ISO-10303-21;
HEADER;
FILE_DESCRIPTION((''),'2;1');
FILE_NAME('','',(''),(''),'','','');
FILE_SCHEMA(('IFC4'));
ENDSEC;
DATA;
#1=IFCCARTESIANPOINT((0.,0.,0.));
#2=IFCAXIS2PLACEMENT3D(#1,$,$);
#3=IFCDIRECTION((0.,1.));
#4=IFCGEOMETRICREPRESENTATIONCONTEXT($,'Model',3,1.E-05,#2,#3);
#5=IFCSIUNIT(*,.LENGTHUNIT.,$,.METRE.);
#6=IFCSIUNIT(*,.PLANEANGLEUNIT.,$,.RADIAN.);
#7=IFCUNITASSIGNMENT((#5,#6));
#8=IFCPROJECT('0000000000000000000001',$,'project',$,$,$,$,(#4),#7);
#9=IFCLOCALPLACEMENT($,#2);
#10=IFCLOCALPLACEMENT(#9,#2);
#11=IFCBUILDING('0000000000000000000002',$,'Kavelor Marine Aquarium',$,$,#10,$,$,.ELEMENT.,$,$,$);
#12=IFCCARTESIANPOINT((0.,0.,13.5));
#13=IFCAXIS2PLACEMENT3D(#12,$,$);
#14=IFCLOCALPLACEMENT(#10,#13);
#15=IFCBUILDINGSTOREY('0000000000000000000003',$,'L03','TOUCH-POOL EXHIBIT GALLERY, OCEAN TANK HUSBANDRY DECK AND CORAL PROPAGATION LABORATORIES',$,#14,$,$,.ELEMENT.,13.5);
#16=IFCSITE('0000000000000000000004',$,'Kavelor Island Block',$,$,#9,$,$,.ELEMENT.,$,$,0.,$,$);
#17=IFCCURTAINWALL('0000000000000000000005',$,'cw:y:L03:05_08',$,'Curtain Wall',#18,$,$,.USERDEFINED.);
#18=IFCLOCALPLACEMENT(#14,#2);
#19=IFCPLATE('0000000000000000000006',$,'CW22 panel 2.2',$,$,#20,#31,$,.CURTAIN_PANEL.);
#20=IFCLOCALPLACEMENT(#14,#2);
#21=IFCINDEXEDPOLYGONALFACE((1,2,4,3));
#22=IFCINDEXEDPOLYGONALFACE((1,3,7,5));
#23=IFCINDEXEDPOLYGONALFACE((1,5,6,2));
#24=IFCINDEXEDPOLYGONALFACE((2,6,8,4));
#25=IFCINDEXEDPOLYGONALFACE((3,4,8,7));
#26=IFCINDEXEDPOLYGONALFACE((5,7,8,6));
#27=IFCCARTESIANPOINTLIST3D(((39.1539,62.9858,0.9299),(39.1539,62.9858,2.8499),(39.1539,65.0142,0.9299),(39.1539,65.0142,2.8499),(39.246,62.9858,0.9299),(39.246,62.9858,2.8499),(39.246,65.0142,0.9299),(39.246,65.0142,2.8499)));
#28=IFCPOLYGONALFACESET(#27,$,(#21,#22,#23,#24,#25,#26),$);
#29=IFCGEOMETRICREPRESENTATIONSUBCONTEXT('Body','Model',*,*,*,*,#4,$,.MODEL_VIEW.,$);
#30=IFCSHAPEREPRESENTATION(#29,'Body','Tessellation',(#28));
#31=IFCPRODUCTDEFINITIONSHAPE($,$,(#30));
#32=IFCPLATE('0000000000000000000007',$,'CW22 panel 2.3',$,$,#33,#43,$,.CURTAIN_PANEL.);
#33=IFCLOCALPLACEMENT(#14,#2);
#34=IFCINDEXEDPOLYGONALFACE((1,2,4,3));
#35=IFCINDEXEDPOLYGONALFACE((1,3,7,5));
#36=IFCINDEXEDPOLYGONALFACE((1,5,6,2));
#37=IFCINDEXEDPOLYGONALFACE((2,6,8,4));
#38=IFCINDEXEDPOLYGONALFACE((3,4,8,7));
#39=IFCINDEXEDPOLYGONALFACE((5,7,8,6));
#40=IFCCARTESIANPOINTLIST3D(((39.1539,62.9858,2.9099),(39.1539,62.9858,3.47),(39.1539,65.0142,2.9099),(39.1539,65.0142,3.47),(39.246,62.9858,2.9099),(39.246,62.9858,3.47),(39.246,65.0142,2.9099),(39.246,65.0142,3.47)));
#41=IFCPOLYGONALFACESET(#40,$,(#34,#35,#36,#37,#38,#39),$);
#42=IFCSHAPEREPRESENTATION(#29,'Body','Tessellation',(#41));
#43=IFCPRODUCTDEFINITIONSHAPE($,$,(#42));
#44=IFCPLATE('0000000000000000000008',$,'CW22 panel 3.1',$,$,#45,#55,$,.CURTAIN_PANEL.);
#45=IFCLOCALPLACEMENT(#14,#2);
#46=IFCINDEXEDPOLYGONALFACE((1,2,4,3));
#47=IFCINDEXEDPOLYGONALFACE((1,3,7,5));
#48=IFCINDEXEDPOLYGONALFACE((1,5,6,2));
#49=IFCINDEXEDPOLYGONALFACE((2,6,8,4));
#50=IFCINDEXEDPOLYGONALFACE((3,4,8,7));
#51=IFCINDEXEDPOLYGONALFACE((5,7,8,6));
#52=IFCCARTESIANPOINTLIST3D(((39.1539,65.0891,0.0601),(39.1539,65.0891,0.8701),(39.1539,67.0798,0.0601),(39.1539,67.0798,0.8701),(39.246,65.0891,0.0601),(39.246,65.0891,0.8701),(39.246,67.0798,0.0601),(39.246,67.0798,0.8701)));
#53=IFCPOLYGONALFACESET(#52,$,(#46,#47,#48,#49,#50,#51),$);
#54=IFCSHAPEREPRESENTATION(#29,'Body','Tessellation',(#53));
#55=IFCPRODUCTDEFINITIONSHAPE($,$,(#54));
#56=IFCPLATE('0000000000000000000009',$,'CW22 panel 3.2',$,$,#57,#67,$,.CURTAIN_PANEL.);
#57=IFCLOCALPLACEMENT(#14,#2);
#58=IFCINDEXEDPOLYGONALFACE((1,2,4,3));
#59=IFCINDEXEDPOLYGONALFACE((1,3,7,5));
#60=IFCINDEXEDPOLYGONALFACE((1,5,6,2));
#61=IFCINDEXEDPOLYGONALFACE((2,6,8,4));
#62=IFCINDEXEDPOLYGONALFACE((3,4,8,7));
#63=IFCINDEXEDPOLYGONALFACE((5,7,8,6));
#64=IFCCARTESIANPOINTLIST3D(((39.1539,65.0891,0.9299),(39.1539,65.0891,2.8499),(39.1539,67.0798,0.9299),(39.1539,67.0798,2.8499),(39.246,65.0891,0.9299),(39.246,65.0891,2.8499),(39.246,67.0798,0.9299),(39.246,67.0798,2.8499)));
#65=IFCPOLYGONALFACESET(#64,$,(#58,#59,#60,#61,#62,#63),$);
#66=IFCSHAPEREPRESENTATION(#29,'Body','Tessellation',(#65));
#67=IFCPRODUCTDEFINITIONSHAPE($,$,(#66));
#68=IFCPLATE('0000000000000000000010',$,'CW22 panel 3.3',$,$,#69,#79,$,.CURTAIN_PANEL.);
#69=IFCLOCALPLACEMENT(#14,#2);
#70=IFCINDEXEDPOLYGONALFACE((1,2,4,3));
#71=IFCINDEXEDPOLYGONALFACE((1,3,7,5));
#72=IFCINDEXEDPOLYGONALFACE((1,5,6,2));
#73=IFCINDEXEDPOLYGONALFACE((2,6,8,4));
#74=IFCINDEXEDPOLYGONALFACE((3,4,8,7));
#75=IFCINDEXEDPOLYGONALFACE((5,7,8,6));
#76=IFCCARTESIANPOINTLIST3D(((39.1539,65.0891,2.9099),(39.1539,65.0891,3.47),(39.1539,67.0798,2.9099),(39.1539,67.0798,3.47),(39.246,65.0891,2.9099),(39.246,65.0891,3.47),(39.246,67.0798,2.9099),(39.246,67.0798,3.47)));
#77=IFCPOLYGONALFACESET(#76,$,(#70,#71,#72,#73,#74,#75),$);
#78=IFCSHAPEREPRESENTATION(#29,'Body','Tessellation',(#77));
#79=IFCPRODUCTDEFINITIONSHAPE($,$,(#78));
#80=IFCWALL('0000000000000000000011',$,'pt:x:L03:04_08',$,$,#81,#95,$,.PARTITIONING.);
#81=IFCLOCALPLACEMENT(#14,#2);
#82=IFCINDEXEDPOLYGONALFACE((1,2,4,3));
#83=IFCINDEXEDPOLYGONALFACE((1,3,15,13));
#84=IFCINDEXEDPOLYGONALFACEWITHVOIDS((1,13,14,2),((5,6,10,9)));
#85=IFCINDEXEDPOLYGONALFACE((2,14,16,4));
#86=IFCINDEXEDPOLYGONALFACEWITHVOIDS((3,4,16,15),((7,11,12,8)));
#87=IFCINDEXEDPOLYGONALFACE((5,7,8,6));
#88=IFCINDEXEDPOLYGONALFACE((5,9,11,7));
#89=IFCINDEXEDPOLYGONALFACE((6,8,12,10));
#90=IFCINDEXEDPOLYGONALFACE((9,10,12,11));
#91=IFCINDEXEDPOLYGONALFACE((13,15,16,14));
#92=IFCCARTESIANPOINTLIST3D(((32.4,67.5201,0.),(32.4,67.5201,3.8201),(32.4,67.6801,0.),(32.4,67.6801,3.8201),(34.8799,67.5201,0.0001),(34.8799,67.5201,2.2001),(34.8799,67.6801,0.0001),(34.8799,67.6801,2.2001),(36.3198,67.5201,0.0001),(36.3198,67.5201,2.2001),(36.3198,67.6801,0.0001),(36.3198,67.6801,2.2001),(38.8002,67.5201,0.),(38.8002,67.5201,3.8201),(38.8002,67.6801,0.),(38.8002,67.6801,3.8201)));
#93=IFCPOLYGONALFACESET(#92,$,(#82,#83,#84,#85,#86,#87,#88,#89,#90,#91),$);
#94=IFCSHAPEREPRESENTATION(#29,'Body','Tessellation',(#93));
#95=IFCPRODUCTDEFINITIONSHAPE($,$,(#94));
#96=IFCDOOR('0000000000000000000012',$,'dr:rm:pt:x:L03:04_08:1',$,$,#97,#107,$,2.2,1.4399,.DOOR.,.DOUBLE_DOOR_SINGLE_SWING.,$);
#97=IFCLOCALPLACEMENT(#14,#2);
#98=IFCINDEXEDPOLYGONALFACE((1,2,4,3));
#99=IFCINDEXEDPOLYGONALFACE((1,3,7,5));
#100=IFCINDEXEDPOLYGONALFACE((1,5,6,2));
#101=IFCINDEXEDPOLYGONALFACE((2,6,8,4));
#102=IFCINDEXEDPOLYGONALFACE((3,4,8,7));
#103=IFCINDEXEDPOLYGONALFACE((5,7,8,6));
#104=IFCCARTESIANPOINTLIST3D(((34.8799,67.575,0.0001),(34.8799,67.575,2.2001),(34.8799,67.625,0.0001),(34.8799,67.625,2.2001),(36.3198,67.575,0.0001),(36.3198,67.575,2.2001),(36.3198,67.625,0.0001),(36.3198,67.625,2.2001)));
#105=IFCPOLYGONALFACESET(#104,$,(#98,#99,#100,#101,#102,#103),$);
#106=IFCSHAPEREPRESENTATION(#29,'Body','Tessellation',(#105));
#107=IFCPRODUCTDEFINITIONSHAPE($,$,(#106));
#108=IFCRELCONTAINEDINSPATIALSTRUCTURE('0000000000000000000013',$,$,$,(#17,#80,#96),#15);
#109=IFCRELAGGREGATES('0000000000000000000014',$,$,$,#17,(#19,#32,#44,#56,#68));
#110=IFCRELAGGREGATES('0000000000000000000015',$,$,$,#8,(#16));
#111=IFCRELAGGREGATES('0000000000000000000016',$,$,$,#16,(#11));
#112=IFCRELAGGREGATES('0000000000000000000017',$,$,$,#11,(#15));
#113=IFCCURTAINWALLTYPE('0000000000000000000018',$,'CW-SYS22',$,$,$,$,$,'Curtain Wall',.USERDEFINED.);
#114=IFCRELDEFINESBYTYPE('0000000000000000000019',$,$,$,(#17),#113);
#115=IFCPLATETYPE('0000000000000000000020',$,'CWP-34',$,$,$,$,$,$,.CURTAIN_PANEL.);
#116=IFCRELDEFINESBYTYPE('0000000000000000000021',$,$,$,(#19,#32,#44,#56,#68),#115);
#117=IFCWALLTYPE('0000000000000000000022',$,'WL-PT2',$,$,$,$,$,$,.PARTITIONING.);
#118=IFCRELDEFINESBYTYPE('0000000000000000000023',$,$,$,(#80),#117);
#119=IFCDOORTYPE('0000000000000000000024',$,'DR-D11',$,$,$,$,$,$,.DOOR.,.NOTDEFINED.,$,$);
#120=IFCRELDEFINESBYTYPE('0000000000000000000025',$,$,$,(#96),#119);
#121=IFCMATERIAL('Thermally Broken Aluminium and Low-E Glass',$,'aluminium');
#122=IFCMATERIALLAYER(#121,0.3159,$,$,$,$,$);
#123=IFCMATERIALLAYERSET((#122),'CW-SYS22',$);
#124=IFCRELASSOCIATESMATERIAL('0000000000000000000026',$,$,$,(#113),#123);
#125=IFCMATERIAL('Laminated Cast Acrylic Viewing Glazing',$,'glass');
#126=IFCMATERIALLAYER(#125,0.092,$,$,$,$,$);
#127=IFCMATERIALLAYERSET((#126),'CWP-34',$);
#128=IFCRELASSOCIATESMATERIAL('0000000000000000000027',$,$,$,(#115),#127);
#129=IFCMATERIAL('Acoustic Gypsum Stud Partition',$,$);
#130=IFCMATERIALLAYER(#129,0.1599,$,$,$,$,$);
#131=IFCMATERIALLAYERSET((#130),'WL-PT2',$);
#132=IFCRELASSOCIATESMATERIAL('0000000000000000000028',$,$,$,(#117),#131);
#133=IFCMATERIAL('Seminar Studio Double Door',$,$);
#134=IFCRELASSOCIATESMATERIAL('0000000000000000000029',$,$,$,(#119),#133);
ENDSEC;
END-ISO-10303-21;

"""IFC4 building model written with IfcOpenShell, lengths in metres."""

from ifc_helpers import new_model, si_unit, direction, frame, frame_2d, origin, origin_2d, place, context, subcontext, project, spatial, rectangle, extrude, material, layer, layer_set, type_object, element, fill, aggregate, save


model = new_model("IFC4")

# Units and contexts
model_context = context("Model", 3, precision=1e-05, world=origin(), true_north=direction((0.0, 1.0)))
body_context = subcontext(model_context, "Body", "Model", "MODEL_VIEW")
ifc_project = project(units=[si_unit("LENGTHUNIT", "METRE"), si_unit("PLANEANGLEUNIT", "RADIAN")], contexts=[model_context])

# Site, building, storey
site_placement = place(None, origin())
site = spatial("IfcSite", under=ifc_project, at=site_placement, Name="Kavelor Island Block", CompositionType="ELEMENT", RefElevation=0.0)
building_placement = place(site_placement, origin())
building = spatial("IfcBuilding", under=site, at=building_placement, Name="Kavelor Marine Aquarium", CompositionType="ELEMENT")
storey_placement = place(building_placement, frame((0.0, 0.0, 13.5)))
storey = spatial("IfcBuildingStorey", under=building, at=storey_placement, Name="L03", Description="TOUCH-POOL EXHIBIT GALLERY, OCEAN TANK HUSBANDRY DECK AND CORAL PROPAGATION LABORATORIES", CompositionType="ELEMENT", Elevation=13.5)

# Curtain wall, plates
ifc_material_1 = material(Name="Thermally Broken Aluminium and Low-E Glass", Category="aluminium")
ifc_layer_1 = layer(ifc_material_1, 0.3159)
ifc_layer_set_1 = layer_set([ifc_layer_1], Name="CW-SYS22")
curtain_wall_type = type_object("IfcCurtainWallType", Name="CW-SYS22", ElementType="Curtain Wall", PredefinedType="USERDEFINED", material=ifc_layer_set_1)
curtain_wall_placement = place(storey_placement, origin())
curtain_wall = element("IfcCurtainWall", 1, at=curtain_wall_placement, inside=storey, type_object=curtain_wall_type, Name="cw:y:L03:05_08", ObjectType="Curtain Wall", PredefinedType="USERDEFINED")
ifc_material_2 = material(Name="Laminated Cast Acrylic Viewing Glazing", Category="glass")
ifc_layer_2 = layer(ifc_material_2, 0.092)
ifc_layer_set_2 = layer_set([ifc_layer_2], Name="CWP-34")
plate_type = type_object("IfcPlateType", Name="CWP-34", PredefinedType="CURTAIN_PANEL", material=ifc_layer_set_2)
plate_1_placement = place(storey_placement, frame((39.2, 64.0, 0.9299), z_axis=(0.0, 0.0, 1.0), x_axis=(0.0, 1.0, 0.0)))
plate_1 = element("IfcPlate", 2, at=plate_1_placement, type_object=plate_type, Name="CW22 panel 2.2", PredefinedType="CURTAIN_PANEL", context=body_context, shape_type="SweptSolid", body=[
    extrude(rectangle(XDim=2.0283, YDim=0.092, at=origin_2d()), origin(), (0.0, 0.0, 1.0), 1.9199),
])
plate_2_placement = place(storey_placement, frame((39.2, 64.0, 2.9099), z_axis=(0.0, 0.0, 1.0), x_axis=(0.0, 1.0, 0.0)))
plate_2 = element("IfcPlate", 3, at=plate_2_placement, type_object=plate_type, Name="CW22 panel 2.3", PredefinedType="CURTAIN_PANEL", context=body_context, shape_type="SweptSolid", body=[
    extrude(rectangle(XDim=2.0283, YDim=0.092, at=origin_2d()), origin(), (0.0, 0.0, 1.0), 0.5601),
])
plate_3_placement = place(storey_placement, frame((39.2, 66.0845, 0.0601), z_axis=(0.0, 0.0, 1.0), x_axis=(0.0, 1.0, 0.0)))
plate_3 = element("IfcPlate", 4, at=plate_3_placement, type_object=plate_type, Name="CW22 panel 3.1", PredefinedType="CURTAIN_PANEL", context=body_context, shape_type="SweptSolid", body=[
    extrude(rectangle(XDim=1.9907, YDim=0.092, at=origin_2d()), origin(), (0.0, 0.0, 1.0), 0.8101),
])
plate_4_placement = place(storey_placement, frame((39.2, 66.0845, 0.9299), z_axis=(0.0, 0.0, 1.0), x_axis=(0.0, 1.0, 0.0)))
plate_4 = element("IfcPlate", 5, at=plate_4_placement, type_object=plate_type, Name="CW22 panel 3.2", PredefinedType="CURTAIN_PANEL", context=body_context, shape_type="SweptSolid", body=[
    extrude(rectangle(XDim=1.9907, YDim=0.092, at=origin_2d()), origin(), (0.0, 0.0, 1.0), 1.9199),
])
plate_5_placement = place(storey_placement, frame((39.2, 66.0845, 2.9099), z_axis=(0.0, 0.0, 1.0), x_axis=(0.0, 1.0, 0.0)))
plate_5 = element("IfcPlate", 6, at=plate_5_placement, type_object=plate_type, Name="CW22 panel 3.3", PredefinedType="CURTAIN_PANEL", context=body_context, shape_type="SweptSolid", body=[
    extrude(rectangle(XDim=1.9907, YDim=0.092, at=origin_2d()), origin(), (0.0, 0.0, 1.0), 0.5601),
])
aggregate(curtain_wall, [plate_1, plate_2, plate_3, plate_4, plate_5])

# Wall, opening, door
ifc_material_3 = material(Name="Acoustic Gypsum Stud Partition")
ifc_layer_3 = layer(ifc_material_3, 0.1599)
ifc_layer_set_3 = layer_set([ifc_layer_3], Name="WL-PT2")
wall_type = type_object("IfcWallType", Name="WL-PT2", PredefinedType="PARTITIONING", material=ifc_layer_set_3)
wall_placement = place(storey_placement, frame((32.3999, 67.6001, 0.0), z_axis=(0.0, 0.0, 1.0), x_axis=(1.0, 0.0, 0.0)))
wall = element("IfcWall", 7, at=wall_placement, inside=storey, type_object=wall_type, Name="pt:x:L03:04_08", PredefinedType="PARTITIONING", context=body_context, shape_type="SweptSolid", body=[
    extrude(rectangle(XDim=6.4001, YDim=0.1599, at=frame_2d((3.2002, 0.0))), origin(), (0.0, 0.0, 1.0), 3.8201),
])
opening_placement = place(wall_placement, frame((2.48, 0.0, 0.0)))
opening = element("IfcOpeningElement", 8, at=opening_placement, cuts=wall, PredefinedType="OPENING", context=body_context, shape_type="SweptSolid", body=[
    extrude(rectangle(XDim=1.4399, YDim=2.2, at=frame_2d((0.72, 1.1001))), frame((0.0, 0.0898, 0.0), z_axis=(0.0, -1.0, 0.0), x_axis=(1.0, 0.0, 0.0)), (0.0, 0.0, 1.0), 0.1799),
])
ifc_material_4 = material(Name="Seminar Studio Double Door")
door_type = type_object("IfcDoorType", Name="DR-D11", OperationType="NOTDEFINED", PredefinedType="DOOR", material=ifc_material_4)
door_placement = place(opening_placement, origin())
door = element("IfcDoor", 9, at=door_placement, inside=storey, type_object=door_type, Name="dr:rm:pt:x:L03:04_08:1", OperationType="DOUBLE_DOOR_SINGLE_SWING", OverallHeight=2.2, OverallWidth=1.4399, PredefinedType="DOOR", context=body_context, shape_type="SweptSolid", body=[
    extrude(rectangle(XDim=1.4399, YDim=2.2, at=frame_2d((0.72, 1.1001))), frame((0.0, 0.0249, 0.0), z_axis=(0.0, -1.0, 0.0), x_axis=(1.0, 0.0, 0.0)), (0.0, 0.0, 1.0), 0.05),
])
fill(opening, door)

save(model, "model.ifc")
